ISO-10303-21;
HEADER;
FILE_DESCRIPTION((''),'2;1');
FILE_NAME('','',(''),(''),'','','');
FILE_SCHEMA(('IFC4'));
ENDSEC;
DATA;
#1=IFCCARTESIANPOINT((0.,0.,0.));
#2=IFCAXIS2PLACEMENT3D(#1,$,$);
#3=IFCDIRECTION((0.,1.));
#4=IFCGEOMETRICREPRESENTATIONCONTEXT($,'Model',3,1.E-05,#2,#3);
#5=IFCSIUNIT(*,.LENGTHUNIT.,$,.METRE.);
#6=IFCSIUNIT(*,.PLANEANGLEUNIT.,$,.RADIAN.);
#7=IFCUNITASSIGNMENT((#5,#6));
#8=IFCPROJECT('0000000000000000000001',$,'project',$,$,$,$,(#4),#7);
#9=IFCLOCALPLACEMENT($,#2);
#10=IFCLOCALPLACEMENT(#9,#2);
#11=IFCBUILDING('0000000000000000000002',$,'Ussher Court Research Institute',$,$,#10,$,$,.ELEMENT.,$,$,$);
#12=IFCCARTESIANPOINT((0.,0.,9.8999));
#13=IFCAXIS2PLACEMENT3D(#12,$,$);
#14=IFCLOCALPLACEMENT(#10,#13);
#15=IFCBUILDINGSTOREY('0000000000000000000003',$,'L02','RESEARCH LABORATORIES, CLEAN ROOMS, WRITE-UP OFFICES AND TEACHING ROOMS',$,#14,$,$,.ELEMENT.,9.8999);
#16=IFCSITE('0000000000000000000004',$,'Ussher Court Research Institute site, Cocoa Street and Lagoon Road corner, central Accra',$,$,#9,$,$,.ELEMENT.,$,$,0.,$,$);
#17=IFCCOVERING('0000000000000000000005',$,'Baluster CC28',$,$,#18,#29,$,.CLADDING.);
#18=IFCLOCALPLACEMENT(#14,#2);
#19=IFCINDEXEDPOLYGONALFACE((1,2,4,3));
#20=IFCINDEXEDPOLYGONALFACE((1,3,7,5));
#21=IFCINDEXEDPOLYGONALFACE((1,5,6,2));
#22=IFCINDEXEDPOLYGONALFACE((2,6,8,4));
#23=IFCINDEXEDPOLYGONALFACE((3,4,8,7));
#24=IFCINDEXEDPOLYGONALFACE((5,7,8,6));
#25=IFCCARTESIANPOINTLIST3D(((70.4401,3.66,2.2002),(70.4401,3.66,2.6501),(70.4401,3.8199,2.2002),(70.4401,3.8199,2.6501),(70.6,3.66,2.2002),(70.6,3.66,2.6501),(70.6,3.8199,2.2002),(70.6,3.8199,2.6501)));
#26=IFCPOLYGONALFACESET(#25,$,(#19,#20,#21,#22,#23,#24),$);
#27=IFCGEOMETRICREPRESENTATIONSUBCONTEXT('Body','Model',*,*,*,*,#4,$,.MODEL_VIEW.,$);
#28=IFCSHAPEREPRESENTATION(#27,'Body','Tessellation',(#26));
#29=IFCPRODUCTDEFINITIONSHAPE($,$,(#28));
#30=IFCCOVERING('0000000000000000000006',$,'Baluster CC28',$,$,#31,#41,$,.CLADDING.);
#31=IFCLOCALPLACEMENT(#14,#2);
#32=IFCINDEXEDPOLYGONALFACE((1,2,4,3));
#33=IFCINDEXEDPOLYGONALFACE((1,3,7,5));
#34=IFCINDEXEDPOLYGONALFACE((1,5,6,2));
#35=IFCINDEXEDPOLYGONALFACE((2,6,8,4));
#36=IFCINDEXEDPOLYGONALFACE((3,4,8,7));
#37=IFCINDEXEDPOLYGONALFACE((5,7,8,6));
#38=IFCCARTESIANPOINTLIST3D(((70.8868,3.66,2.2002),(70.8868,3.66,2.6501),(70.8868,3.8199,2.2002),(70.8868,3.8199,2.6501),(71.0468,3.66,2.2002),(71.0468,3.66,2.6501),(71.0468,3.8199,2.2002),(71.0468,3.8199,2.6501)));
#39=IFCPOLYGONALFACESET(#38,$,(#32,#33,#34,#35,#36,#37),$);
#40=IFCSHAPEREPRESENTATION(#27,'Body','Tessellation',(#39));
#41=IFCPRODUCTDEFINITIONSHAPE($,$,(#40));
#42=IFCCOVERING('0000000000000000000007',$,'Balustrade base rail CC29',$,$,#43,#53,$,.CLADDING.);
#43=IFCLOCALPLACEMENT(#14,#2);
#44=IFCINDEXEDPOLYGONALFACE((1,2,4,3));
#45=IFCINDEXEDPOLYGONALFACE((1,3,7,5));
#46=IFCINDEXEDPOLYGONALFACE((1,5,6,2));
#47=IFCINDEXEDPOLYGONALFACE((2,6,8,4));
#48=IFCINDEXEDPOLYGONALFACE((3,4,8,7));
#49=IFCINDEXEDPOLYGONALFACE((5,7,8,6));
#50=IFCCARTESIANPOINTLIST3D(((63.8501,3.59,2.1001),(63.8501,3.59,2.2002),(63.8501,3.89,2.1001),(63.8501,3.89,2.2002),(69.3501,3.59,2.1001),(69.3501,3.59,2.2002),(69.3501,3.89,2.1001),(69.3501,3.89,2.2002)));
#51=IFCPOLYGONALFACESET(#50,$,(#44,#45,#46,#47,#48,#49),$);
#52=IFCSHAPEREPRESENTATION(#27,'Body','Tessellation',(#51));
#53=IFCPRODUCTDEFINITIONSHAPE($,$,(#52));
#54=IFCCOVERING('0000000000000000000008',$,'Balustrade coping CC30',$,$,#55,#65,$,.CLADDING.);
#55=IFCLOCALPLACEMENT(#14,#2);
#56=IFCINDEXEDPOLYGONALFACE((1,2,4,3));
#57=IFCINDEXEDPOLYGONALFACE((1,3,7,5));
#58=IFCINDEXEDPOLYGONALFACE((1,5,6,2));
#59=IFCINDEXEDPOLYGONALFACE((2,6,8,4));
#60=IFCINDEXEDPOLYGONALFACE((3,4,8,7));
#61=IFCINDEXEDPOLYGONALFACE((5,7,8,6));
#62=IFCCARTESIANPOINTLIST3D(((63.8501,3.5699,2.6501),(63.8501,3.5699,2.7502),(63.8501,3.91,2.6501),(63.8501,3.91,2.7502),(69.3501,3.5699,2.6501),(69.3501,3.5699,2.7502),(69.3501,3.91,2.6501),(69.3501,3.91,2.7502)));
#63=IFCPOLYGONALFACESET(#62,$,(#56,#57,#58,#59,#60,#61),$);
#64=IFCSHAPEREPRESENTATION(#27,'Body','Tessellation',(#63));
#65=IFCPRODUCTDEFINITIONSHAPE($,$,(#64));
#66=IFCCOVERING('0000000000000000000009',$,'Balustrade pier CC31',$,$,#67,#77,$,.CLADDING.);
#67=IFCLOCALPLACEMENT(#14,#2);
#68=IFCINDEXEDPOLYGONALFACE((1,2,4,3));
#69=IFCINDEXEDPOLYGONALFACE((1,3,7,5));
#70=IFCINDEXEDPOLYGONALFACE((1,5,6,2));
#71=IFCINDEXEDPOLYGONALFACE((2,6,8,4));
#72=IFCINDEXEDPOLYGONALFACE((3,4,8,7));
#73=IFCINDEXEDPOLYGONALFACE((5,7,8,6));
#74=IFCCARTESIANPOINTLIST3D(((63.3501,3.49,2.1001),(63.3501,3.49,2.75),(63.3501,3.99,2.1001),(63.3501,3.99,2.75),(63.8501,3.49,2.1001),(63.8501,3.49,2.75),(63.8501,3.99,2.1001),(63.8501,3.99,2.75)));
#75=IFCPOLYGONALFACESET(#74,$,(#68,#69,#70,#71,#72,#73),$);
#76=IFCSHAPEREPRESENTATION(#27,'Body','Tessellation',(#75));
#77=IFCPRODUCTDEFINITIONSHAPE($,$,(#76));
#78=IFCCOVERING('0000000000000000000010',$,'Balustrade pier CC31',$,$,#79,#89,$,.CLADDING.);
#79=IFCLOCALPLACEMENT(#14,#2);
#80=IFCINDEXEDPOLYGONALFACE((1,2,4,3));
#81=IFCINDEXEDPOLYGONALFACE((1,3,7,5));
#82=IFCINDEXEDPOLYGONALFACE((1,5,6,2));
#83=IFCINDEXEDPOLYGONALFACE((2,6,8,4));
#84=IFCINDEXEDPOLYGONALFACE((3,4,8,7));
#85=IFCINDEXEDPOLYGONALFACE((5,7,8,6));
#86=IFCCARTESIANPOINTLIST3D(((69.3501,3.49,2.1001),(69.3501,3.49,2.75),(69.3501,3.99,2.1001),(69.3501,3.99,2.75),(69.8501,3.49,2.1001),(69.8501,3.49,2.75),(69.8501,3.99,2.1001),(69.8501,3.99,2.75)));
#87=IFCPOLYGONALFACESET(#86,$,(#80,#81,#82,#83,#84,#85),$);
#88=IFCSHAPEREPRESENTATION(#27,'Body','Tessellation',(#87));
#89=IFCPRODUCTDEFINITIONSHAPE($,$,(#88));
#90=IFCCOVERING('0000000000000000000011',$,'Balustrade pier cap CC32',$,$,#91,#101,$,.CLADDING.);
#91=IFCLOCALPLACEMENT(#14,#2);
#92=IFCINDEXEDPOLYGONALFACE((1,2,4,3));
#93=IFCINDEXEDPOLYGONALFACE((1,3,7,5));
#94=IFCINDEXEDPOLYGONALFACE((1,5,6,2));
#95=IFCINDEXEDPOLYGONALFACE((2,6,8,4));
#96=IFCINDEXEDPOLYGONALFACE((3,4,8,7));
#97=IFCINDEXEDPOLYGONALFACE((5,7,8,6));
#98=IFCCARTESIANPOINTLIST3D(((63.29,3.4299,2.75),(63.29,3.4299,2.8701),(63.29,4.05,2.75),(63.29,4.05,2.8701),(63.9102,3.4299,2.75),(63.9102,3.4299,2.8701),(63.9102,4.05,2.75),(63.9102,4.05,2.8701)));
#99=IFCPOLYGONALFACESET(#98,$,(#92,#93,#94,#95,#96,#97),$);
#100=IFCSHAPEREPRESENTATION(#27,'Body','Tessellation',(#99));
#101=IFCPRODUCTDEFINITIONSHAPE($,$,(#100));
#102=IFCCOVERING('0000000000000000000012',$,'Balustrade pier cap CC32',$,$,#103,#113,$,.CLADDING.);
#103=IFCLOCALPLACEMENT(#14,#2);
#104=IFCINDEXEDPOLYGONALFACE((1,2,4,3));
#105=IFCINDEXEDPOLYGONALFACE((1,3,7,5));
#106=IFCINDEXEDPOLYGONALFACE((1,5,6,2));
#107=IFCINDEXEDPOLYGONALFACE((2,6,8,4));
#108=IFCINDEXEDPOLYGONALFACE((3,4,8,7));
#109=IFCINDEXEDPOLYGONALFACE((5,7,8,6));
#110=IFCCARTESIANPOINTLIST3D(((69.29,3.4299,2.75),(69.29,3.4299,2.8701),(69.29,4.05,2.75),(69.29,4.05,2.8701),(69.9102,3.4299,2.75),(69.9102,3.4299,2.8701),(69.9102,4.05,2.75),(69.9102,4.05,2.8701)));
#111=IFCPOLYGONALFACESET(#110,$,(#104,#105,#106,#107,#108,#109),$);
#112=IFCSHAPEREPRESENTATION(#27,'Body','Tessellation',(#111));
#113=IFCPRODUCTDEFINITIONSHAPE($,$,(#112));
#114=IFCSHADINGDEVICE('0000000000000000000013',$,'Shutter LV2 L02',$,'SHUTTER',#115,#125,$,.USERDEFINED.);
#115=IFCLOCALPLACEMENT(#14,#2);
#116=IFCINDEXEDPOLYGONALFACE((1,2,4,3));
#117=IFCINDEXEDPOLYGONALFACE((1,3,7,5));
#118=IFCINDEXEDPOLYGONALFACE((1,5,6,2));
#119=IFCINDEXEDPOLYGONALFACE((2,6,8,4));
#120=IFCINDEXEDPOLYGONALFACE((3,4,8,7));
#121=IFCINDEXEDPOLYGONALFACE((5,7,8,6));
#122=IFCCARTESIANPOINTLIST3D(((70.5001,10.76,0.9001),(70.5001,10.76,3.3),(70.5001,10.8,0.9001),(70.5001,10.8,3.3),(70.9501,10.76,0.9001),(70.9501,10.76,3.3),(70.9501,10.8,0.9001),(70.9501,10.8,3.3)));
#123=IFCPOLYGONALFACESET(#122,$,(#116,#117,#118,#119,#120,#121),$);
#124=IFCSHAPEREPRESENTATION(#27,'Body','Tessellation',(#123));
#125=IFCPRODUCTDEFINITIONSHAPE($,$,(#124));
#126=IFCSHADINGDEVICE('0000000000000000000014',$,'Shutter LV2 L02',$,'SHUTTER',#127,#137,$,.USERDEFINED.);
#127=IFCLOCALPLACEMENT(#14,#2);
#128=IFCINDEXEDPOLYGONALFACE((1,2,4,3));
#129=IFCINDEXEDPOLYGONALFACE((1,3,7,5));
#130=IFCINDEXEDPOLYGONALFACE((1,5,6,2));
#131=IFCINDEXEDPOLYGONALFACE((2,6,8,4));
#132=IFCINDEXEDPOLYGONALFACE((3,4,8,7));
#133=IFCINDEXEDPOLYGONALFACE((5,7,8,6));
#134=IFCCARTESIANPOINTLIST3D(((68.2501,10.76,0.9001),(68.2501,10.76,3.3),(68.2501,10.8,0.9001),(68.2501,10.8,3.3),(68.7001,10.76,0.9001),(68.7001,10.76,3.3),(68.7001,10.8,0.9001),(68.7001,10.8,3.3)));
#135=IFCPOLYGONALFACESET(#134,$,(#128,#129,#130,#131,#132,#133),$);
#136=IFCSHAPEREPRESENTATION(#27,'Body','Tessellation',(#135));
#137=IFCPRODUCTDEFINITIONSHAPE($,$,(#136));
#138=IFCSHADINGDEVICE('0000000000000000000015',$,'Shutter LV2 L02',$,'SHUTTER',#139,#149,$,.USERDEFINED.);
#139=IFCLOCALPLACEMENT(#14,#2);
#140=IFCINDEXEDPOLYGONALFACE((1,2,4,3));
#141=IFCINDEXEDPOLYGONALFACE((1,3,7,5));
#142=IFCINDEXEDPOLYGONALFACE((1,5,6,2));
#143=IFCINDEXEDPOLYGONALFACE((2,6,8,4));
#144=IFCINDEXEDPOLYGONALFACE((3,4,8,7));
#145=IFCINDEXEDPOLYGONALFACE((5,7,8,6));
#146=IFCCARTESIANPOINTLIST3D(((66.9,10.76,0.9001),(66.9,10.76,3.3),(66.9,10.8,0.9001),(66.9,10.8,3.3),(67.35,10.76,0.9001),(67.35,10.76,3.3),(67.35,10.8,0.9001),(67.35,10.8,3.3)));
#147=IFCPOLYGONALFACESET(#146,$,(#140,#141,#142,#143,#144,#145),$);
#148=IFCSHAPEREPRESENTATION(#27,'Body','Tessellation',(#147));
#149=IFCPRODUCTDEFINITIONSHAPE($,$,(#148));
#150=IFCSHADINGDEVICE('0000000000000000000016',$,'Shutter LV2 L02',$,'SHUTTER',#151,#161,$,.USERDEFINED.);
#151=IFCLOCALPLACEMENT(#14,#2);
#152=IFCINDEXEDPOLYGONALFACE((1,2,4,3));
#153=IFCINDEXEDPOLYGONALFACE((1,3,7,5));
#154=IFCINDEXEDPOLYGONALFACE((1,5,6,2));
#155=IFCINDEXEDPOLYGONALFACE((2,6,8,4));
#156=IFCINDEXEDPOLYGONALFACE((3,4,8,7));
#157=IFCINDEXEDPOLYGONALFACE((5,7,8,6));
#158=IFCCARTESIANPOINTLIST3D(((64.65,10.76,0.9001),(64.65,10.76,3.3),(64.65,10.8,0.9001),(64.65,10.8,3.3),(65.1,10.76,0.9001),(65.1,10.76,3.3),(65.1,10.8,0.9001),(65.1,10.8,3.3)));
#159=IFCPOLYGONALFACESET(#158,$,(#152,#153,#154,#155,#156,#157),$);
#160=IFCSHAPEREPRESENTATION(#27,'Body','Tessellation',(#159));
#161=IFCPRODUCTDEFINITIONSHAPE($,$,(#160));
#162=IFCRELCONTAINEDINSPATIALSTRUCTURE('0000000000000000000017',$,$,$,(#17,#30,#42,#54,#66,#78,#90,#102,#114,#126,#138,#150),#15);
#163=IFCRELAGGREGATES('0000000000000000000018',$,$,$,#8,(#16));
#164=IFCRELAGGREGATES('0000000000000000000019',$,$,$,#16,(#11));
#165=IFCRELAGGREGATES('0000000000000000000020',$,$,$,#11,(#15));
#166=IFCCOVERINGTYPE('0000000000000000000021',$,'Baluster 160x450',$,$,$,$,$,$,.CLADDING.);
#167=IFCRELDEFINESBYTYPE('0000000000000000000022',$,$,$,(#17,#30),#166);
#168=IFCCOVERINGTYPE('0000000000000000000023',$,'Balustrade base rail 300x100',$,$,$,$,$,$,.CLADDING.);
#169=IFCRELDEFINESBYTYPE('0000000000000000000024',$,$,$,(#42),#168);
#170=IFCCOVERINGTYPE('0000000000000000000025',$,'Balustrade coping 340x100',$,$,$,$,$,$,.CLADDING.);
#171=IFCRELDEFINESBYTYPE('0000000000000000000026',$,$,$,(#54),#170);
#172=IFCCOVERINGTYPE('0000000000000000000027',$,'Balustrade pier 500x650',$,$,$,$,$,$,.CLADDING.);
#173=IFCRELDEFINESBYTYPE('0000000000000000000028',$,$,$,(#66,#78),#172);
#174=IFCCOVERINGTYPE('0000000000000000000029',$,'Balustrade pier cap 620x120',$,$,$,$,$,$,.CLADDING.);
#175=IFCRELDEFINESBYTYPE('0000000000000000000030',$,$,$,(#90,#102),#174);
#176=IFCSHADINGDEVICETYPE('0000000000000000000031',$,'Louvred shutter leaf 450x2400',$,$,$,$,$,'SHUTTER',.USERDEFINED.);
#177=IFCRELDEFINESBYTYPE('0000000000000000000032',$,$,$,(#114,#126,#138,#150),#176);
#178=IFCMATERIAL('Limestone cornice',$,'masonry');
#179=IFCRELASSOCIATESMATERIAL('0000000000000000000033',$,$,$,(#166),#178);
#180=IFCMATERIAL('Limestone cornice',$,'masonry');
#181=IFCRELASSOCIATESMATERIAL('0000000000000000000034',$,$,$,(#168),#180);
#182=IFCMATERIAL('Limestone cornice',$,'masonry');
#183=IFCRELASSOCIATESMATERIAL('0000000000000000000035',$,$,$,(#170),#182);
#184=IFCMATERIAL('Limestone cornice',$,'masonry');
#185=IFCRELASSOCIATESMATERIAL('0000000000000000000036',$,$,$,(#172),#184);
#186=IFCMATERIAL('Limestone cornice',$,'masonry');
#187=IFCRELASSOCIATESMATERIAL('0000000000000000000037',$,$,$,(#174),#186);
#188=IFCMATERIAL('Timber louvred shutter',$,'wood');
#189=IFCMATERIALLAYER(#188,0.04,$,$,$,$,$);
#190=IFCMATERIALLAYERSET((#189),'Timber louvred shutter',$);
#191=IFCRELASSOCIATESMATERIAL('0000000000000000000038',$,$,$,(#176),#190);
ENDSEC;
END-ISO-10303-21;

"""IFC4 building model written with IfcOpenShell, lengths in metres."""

from ifc_helpers import new_model, si_unit, direction, frame, origin, origin_2d, place, context, subcontext, project, spatial, rectangle, extrude, material, layer, layer_set, type_object, element, save


model = new_model("IFC4")

# Units and contexts
model_context = context("Model", 3, precision=1e-05, world=origin(), true_north=direction((0.0, 1.0)))
body_context = subcontext(model_context, "Body", "Model", "MODEL_VIEW")
ifc_project = project(units=[si_unit("LENGTHUNIT", "METRE"), si_unit("PLANEANGLEUNIT", "RADIAN")], contexts=[model_context])

# Site, building, storey
site_placement = place(None, origin())
site = spatial("IfcSite", under=ifc_project, at=site_placement, Name="Ussher Court Research Institute site, Cocoa Street and Lagoon Road corner, central Accra", CompositionType="ELEMENT", RefElevation=0.0)
building_placement = place(site_placement, origin())
building = spatial("IfcBuilding", under=site, at=building_placement, Name="Ussher Court Research Institute", CompositionType="ELEMENT")
storey_placement = place(building_placement, frame((0.0, 0.0, 9.8999)))
storey = spatial("IfcBuildingStorey", under=building, at=storey_placement, Name="L02", Description="RESEARCH LABORATORIES, CLEAN ROOMS, WRITE-UP OFFICES AND TEACHING ROOMS", CompositionType="ELEMENT", Elevation=9.8999)

# Coverings
ifc_material_1 = material(Name="Limestone cornice", Category="masonry")
covering_type_1 = type_object("IfcCoveringType", Name="Baluster 160x450", PredefinedType="CLADDING", material=ifc_material_1)
for number, where, z_axis, x_axis, name in (
    (1, (70.52, 3.74, 2.2002), (0.0, 0.0, 1.0), (1.0, 0.0, 0.0), "Baluster CC28"),
    (2, (70.9668, 3.74, 2.2002), (0.0, 0.0, 1.0), (1.0, 0.0, 0.0), "Baluster CC28"),
):
    element("IfcCovering", number, at=place(storey_placement, frame(where, z_axis=z_axis, x_axis=x_axis)), inside=storey, type_object=covering_type_1, Name=name, PredefinedType="CLADDING", context=body_context, shape_type="SweptSolid", body=[
        extrude(rectangle(XDim=0.1599, YDim=0.1599, at=origin_2d()), origin(), (0.0, 0.0, 1.0), 0.45),
    ])
ifc_material_2 = material(Name="Limestone cornice", Category="masonry")
covering_type_2 = type_object("IfcCoveringType", Name="Balustrade base rail 300x100", PredefinedType="CLADDING", material=ifc_material_2)
covering_1_placement = place(storey_placement, frame((66.6001, 3.74, 2.1001), z_axis=(0.0, 0.0, 1.0), x_axis=(1.0, 0.0, 0.0)))
element("IfcCovering", 3, at=covering_1_placement, inside=storey, type_object=covering_type_2, Name="Balustrade base rail CC29", PredefinedType="CLADDING", context=body_context, shape_type="SweptSolid", body=[
    extrude(rectangle(XDim=5.5, YDim=0.3, at=origin_2d()), origin(), (0.0, 0.0, 1.0), 0.1001),
])
ifc_material_3 = material(Name="Limestone cornice", Category="masonry")
covering_type_3 = type_object("IfcCoveringType", Name="Balustrade coping 340x100", PredefinedType="CLADDING", material=ifc_material_3)
covering_2_placement = place(storey_placement, frame((66.6001, 3.74, 2.6501), z_axis=(0.0, 0.0, 1.0), x_axis=(1.0, 0.0, 0.0)))
element("IfcCovering", 4, at=covering_2_placement, inside=storey, type_object=covering_type_3, Name="Balustrade coping CC30", PredefinedType="CLADDING", context=body_context, shape_type="SweptSolid", body=[
    extrude(rectangle(XDim=5.5, YDim=0.3401, at=origin_2d()), origin(), (0.0, 0.0, 1.0), 0.1001),
])
ifc_material_4 = material(Name="Limestone cornice", Category="masonry")
covering_type_4 = type_object("IfcCoveringType", Name="Balustrade pier 500x650", PredefinedType="CLADDING", material=ifc_material_4)
for number, where, z_axis, x_axis, name in (
    (5, (63.6001, 3.74, 2.1001), (0.0, 0.0, 1.0), (1.0, 0.0, 0.0), "Balustrade pier CC31"),
    (6, (69.6001, 3.74, 2.1001), (0.0, 0.0, 1.0), (1.0, 0.0, 0.0), "Balustrade pier CC31"),
):
    element("IfcCovering", number, at=place(storey_placement, frame(where, z_axis=z_axis, x_axis=x_axis)), inside=storey, type_object=covering_type_4, Name=name, PredefinedType="CLADDING", context=body_context, shape_type="SweptSolid", body=[
        extrude(rectangle(XDim=0.5, YDim=0.5, at=origin_2d()), origin(), (0.0, 0.0, 1.0), 0.6499),
    ])
ifc_material_5 = material(Name="Limestone cornice", Category="masonry")
covering_type_5 = type_object("IfcCoveringType", Name="Balustrade pier cap 620x120", PredefinedType="CLADDING", material=ifc_material_5)
for number, where, z_axis, x_axis, name in (
    (7, (63.6001, 3.74, 2.75), (0.0, 0.0, 1.0), (1.0, 0.0, 0.0), "Balustrade pier cap CC32"),
    (8, (69.6001, 3.74, 2.75), (0.0, 0.0, 1.0), (1.0, 0.0, 0.0), "Balustrade pier cap CC32"),
):
    element("IfcCovering", number, at=place(storey_placement, frame(where, z_axis=z_axis, x_axis=x_axis)), inside=storey, type_object=covering_type_5, Name=name, PredefinedType="CLADDING", context=body_context, shape_type="SweptSolid", body=[
        extrude(rectangle(XDim=0.6201, YDim=0.6201, at=origin_2d()), origin(), (0.0, 0.0, 1.0), 0.1201),
    ])

# Shading devices
ifc_material_6 = material(Name="Timber louvred shutter", Category="wood")
ifc_layer_1 = layer(ifc_material_6, 0.04)
ifc_layer_set_1 = layer_set([ifc_layer_1], Name="Timber louvred shutter")
shading_device_type = type_object("IfcShadingDeviceType", Name="Louvred shutter leaf 450x2400", ElementType="SHUTTER", PredefinedType="USERDEFINED", material=ifc_layer_set_1)
for number, where, z_axis, x_axis, name in (
    (9, (70.7251, 10.78, 0.9001), (0.0, 0.0, 1.0), (-1.0, 0.0, 0.0), "Shutter LV2 L02"),
    (10, (68.4751, 10.78, 0.9001), (0.0, 0.0, 1.0), (-1.0, 0.0, 0.0), "Shutter LV2 L02"),
    (11, (67.125, 10.78, 0.9001), (0.0, 0.0, 1.0), (-1.0, 0.0, 0.0), "Shutter LV2 L02"),
    (12, (64.875, 10.78, 0.9001), (0.0, 0.0, 1.0), (-1.0, 0.0, 0.0), "Shutter LV2 L02"),
):
    element("IfcShadingDevice", number, at=place(storey_placement, frame(where, z_axis=z_axis, x_axis=x_axis)), inside=storey, type_object=shading_device_type, Name=name, ObjectType="SHUTTER", PredefinedType="USERDEFINED", context=body_context, shape_type="SweptSolid", body=[
        extrude(rectangle(XDim=0.45, YDim=0.04, at=origin_2d()), origin(), (0.0, 0.0, 1.0), 2.3999),
    ])

save(model, "model.ifc")
